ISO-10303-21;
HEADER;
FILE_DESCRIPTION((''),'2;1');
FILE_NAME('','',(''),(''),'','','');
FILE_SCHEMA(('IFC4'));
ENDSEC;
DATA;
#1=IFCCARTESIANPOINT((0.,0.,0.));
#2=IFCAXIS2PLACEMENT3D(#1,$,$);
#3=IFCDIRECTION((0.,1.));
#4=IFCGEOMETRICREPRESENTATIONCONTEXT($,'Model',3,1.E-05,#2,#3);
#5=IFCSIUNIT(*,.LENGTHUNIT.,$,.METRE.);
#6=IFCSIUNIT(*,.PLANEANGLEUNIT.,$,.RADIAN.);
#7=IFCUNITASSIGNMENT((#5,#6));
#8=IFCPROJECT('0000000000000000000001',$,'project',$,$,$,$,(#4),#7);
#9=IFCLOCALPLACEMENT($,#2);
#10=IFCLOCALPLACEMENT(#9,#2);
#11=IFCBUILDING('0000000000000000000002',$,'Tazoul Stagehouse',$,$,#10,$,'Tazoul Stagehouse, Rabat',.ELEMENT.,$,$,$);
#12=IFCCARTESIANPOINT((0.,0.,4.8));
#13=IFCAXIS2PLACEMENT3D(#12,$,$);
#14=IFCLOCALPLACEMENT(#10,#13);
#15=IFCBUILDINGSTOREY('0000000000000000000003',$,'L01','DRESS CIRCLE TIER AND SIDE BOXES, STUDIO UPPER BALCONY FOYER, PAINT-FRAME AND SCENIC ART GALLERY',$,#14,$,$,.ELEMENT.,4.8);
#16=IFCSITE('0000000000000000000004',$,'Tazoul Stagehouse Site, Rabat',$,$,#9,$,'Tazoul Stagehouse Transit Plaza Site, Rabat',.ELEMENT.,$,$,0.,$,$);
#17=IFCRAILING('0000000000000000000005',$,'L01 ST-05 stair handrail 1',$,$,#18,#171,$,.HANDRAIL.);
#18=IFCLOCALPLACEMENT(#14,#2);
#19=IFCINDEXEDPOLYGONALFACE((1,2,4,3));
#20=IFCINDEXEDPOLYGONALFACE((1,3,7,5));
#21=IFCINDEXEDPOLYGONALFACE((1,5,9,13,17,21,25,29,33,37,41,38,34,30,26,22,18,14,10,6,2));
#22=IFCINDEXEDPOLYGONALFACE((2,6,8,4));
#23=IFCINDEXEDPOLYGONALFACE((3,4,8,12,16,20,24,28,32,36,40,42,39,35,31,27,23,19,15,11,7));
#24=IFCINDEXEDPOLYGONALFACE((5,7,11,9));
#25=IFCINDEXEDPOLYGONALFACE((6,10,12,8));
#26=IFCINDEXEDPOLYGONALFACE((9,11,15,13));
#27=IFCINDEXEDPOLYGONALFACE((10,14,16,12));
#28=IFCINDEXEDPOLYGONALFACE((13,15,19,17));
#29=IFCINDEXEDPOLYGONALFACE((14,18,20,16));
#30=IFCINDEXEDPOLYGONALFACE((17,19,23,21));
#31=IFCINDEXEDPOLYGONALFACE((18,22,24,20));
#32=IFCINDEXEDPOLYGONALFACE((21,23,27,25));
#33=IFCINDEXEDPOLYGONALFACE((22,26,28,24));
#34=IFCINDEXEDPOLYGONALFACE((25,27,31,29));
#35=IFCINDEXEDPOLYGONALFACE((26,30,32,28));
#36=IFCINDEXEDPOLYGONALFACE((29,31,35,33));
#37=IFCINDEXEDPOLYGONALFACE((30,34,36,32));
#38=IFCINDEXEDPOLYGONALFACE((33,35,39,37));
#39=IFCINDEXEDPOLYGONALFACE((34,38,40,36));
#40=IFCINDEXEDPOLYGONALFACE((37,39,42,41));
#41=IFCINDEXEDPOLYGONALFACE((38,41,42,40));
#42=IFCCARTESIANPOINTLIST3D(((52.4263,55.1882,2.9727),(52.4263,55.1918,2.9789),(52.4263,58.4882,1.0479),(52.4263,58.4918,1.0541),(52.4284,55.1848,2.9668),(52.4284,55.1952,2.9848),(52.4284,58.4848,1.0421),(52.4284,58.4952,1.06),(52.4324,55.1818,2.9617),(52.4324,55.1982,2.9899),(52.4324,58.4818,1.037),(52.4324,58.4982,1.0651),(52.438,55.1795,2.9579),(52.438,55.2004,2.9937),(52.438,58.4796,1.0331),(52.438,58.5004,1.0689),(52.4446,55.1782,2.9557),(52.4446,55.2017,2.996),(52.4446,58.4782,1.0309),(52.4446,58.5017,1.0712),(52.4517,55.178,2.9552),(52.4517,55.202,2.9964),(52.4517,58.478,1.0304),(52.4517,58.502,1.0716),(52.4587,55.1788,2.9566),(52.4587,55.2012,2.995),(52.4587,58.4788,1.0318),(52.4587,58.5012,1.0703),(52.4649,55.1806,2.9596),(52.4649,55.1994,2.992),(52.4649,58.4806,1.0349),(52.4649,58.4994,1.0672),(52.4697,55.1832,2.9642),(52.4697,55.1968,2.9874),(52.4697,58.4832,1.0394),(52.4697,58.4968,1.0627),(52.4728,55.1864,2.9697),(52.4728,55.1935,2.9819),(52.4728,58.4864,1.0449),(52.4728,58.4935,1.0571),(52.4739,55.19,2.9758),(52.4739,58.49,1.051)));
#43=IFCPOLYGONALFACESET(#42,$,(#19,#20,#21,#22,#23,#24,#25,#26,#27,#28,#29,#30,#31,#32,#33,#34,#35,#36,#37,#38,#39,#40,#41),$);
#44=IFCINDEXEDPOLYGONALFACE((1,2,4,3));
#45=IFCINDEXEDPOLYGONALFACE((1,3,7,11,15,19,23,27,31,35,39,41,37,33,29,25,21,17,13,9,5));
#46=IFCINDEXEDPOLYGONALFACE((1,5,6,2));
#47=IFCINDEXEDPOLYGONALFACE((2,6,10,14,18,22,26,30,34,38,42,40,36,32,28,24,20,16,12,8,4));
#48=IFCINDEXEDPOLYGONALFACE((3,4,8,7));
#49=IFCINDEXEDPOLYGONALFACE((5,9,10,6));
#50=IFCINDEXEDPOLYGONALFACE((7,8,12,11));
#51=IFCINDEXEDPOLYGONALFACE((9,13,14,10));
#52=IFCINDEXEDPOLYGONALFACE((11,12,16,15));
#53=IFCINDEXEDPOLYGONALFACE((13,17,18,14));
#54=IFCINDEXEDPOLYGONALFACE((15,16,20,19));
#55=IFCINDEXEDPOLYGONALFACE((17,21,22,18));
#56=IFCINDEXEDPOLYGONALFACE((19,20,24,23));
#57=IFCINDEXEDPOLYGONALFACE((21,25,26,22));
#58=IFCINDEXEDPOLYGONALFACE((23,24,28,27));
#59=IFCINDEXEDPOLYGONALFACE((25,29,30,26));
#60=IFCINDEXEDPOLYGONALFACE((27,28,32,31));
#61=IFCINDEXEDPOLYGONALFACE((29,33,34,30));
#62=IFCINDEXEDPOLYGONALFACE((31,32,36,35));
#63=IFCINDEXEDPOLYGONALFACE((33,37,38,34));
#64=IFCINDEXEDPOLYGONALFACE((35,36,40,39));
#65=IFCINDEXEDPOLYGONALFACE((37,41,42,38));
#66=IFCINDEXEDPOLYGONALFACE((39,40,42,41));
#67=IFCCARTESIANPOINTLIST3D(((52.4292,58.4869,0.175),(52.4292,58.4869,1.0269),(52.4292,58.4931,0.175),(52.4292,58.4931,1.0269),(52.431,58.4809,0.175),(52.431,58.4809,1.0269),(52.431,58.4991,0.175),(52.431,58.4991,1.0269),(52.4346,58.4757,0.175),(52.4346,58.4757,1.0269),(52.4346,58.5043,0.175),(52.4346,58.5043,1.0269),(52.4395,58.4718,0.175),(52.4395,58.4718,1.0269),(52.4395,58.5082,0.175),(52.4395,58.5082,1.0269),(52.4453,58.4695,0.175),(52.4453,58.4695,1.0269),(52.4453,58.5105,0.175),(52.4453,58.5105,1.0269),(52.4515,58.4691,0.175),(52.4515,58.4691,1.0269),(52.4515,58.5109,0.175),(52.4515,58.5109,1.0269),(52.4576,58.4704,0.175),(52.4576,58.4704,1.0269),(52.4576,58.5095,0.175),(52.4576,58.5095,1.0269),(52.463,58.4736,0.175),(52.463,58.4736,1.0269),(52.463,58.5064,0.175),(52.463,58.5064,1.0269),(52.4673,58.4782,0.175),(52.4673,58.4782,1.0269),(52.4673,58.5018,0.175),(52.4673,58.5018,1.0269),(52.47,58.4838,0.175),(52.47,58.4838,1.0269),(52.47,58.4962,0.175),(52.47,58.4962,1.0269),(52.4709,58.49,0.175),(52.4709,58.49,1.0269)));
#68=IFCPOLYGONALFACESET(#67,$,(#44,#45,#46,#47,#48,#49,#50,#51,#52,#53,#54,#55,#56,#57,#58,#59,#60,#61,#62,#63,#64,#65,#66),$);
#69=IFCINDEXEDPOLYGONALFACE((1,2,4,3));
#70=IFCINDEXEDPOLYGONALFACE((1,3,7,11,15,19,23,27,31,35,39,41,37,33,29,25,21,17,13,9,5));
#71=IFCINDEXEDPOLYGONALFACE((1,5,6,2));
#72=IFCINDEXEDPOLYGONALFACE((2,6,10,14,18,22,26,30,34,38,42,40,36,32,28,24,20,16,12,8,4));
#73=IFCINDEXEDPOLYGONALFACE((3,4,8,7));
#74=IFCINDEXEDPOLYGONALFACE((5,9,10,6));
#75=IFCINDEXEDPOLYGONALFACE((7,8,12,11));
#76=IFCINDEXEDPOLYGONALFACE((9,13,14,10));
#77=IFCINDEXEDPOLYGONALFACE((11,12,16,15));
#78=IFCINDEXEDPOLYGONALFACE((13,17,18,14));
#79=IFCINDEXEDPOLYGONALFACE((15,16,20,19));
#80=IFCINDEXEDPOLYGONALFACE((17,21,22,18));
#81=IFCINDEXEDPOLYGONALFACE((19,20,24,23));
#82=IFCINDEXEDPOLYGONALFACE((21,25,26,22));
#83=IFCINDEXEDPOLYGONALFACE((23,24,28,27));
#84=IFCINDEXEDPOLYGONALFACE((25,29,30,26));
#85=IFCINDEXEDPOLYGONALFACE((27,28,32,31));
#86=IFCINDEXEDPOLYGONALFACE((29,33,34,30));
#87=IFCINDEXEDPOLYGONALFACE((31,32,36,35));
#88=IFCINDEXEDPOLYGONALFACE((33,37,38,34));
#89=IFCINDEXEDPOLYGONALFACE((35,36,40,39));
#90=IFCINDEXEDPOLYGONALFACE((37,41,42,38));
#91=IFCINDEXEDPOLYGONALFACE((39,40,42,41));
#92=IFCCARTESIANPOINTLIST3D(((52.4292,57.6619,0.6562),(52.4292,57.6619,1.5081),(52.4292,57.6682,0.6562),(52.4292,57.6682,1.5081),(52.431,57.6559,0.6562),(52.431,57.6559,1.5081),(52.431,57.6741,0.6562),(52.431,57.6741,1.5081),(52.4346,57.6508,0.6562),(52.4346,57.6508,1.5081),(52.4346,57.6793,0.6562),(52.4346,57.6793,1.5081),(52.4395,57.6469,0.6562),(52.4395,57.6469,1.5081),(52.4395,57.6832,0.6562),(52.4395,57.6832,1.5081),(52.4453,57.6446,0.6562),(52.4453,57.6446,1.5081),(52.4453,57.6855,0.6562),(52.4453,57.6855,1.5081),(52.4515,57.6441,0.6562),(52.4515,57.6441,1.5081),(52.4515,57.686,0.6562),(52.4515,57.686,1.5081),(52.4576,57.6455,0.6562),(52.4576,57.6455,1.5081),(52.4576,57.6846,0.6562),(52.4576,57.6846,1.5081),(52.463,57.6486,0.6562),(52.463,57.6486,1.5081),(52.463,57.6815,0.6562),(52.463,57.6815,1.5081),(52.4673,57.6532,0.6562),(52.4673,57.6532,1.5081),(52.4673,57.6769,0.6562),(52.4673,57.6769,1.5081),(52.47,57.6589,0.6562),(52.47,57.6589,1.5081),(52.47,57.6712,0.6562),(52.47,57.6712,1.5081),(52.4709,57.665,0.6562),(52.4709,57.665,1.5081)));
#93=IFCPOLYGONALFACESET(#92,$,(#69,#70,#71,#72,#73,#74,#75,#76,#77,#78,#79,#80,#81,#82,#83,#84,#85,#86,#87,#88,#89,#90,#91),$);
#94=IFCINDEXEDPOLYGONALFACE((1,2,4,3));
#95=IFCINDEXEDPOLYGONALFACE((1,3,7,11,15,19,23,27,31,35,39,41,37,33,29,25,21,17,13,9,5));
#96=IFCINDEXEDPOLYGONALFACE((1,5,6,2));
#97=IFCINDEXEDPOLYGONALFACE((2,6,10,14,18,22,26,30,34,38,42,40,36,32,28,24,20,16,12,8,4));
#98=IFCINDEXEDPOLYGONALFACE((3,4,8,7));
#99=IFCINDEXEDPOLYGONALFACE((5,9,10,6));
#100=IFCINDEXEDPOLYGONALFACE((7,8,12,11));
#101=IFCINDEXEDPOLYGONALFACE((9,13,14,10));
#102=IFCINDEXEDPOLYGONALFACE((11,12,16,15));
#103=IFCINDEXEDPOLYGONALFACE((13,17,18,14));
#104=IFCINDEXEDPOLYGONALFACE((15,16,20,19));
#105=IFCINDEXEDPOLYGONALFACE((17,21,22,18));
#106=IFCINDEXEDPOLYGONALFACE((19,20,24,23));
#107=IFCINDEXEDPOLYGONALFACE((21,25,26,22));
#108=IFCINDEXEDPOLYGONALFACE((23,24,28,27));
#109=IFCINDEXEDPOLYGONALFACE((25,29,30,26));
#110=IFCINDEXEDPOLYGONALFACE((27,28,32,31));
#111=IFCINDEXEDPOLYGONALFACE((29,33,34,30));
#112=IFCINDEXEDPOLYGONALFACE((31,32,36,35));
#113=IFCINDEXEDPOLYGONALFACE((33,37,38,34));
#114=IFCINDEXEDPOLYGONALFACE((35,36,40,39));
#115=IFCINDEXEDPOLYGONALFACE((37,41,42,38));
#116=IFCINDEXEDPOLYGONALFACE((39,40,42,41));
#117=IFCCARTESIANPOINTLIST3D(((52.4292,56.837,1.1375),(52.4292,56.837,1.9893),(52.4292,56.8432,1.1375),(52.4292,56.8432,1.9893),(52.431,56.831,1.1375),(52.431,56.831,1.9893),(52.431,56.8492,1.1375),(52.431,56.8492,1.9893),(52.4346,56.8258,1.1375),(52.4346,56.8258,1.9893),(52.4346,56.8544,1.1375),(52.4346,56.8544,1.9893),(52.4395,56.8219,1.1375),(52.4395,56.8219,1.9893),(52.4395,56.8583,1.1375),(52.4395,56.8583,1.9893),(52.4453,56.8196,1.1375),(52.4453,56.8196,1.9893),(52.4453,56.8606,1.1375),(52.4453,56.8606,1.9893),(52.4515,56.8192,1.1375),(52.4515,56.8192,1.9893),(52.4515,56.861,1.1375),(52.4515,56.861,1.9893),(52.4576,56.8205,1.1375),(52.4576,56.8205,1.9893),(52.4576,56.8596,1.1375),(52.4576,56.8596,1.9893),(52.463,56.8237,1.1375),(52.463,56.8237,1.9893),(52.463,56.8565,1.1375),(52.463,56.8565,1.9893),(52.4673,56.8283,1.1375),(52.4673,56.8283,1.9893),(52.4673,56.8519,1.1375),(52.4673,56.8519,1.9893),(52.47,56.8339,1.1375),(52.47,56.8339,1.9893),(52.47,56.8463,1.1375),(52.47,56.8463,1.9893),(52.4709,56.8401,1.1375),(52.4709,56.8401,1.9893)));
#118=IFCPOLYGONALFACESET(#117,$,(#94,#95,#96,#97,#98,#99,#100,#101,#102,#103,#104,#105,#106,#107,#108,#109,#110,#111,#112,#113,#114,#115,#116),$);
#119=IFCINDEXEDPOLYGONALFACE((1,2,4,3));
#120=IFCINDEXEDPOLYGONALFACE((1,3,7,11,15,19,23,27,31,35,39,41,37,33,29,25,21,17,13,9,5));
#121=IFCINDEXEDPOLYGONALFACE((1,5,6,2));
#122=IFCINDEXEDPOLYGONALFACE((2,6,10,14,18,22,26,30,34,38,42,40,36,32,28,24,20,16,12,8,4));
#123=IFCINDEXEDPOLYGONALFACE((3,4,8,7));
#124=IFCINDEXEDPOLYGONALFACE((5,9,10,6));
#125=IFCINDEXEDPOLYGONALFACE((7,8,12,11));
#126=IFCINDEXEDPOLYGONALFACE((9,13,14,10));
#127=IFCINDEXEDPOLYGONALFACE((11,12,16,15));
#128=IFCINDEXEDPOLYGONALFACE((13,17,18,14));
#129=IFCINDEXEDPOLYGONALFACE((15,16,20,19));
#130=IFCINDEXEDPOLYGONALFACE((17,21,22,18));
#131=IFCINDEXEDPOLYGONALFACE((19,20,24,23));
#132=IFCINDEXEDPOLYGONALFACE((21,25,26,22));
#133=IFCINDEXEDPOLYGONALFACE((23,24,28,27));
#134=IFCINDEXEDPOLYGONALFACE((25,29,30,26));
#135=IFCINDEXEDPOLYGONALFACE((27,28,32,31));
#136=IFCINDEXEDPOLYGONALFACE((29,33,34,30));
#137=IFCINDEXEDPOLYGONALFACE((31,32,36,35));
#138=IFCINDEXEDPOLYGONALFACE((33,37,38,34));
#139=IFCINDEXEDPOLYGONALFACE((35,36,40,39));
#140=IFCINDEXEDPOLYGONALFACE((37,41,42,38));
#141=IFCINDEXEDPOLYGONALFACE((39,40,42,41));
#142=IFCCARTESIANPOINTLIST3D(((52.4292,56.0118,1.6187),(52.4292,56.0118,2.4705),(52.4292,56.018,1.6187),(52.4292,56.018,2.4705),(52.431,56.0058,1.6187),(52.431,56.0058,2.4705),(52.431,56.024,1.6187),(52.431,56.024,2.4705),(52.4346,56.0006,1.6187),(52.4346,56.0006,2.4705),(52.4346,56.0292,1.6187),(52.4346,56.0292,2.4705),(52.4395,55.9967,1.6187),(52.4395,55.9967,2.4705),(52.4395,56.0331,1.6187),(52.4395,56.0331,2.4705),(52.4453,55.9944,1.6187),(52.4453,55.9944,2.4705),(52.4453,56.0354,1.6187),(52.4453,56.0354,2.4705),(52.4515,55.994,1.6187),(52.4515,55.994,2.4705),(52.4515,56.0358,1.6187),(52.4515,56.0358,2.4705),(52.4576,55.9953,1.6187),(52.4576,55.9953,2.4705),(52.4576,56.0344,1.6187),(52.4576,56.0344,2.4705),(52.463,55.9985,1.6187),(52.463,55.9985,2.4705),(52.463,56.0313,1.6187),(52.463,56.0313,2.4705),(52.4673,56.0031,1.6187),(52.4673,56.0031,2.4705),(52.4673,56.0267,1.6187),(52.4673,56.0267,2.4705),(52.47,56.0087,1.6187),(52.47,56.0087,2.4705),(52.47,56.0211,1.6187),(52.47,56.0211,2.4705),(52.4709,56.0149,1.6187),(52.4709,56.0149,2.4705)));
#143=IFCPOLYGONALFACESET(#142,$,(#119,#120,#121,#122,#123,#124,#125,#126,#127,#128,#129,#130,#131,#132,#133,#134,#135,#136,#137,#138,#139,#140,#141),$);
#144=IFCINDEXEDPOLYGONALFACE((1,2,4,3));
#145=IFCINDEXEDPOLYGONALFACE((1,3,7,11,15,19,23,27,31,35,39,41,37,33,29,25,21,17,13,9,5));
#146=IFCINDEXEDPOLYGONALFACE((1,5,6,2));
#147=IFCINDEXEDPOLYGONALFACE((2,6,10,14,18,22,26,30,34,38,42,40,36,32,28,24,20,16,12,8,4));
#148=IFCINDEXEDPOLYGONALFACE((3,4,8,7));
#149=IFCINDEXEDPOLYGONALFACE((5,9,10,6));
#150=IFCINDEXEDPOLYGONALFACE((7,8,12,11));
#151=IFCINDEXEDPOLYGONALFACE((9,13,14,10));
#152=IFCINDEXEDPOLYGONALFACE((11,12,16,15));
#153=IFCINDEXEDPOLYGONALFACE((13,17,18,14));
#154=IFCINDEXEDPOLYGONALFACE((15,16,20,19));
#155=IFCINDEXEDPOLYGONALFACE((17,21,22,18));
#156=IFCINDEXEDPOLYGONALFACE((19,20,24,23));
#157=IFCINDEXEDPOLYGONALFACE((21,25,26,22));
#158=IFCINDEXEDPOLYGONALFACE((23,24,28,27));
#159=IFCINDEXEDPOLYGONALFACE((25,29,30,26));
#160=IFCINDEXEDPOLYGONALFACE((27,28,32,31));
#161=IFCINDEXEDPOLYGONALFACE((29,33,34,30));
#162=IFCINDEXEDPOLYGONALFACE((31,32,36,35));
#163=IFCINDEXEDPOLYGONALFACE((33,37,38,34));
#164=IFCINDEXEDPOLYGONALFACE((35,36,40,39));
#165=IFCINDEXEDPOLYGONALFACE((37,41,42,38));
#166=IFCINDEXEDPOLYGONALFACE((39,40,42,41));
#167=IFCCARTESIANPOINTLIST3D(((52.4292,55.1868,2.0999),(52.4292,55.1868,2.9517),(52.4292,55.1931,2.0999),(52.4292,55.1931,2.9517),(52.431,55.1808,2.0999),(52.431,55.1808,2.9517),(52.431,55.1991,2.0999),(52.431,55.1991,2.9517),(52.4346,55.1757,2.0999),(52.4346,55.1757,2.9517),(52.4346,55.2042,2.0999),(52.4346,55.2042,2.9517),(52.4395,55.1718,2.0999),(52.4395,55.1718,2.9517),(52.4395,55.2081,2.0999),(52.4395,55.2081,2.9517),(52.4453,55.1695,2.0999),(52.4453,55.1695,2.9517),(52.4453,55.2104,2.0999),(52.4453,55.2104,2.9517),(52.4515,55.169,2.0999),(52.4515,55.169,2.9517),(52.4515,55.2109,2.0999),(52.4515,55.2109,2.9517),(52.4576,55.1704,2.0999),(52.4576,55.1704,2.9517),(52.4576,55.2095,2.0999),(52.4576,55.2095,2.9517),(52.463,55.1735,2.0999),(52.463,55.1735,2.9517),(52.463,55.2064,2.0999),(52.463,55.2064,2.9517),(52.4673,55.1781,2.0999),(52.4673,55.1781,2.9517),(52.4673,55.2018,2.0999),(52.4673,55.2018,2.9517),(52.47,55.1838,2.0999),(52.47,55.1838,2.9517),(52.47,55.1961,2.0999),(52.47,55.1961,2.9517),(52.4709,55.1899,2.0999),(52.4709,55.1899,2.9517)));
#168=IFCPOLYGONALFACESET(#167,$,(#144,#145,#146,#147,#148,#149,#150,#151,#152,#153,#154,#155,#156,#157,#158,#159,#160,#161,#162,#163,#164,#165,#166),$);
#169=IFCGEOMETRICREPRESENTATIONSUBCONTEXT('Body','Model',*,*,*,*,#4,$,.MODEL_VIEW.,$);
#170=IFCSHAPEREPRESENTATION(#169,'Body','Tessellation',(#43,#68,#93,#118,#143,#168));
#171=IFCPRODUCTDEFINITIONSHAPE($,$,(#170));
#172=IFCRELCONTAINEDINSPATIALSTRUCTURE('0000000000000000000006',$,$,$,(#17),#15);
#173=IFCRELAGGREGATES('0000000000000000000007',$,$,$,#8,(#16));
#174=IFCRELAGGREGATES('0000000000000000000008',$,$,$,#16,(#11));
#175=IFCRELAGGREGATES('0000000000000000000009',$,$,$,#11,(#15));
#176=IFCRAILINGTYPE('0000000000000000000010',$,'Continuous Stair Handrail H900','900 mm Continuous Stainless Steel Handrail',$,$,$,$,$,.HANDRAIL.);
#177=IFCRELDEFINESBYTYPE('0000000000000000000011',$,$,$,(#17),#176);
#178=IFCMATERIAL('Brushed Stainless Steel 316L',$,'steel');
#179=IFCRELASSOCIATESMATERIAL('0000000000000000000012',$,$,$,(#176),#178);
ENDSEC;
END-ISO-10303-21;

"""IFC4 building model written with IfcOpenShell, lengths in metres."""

from ifc_helpers import new_model, si_unit, direction, frame, origin, origin_2d, place, context, subcontext, project, spatial, circle, extrude, material, material_profile, profile_set, type_object, element, save


model = new_model("IFC4")

# Units and contexts
model_context = context("Model", 3, precision=1e-05, world=origin(), true_north=direction((0.0, 1.0)))
body_context = subcontext(model_context, "Body", "Model", "MODEL_VIEW")
ifc_project = project(units=[si_unit("LENGTHUNIT", "METRE"), si_unit("PLANEANGLEUNIT", "RADIAN")], contexts=[model_context])

# Site, building, storey
site_placement = place(None, origin())
site = spatial("IfcSite", under=ifc_project, at=site_placement, Name="Tazoul Stagehouse Site, Rabat", LongName="Tazoul Stagehouse Transit Plaza Site, Rabat", CompositionType="ELEMENT", RefElevation=0.0)
building_placement = place(site_placement, origin())
building = spatial("IfcBuilding", under=site, at=building_placement, Name="Tazoul Stagehouse", LongName="Tazoul Stagehouse, Rabat", CompositionType="ELEMENT")
storey_placement = place(building_placement, frame((0.0, 0.0, 4.8)))
storey = spatial("IfcBuildingStorey", under=building, at=storey_placement, Name="L01", Description="DRESS CIRCLE TIER AND SIDE BOXES, STUDIO UPPER BALCONY FOYER, PAINT-FRAME AND SCENIC ART GALLERY", CompositionType="ELEMENT", Elevation=4.8)

# Railing
ifc_material_1 = material(Name="Brushed Stainless Steel 316L", Category="steel")
ifc_material_profile_1 = material_profile(ifc_material_1, circle(Radius=0.021, at=origin_2d()), Name="SS HANDRAIL D42")
ifc_profile_set_1 = profile_set([ifc_material_profile_1], Name="Brushed Stainless Steel 316L")
railing_type_1 = type_object("IfcRailingType", Name="Continuous Stair Handrail H900", Description="900 mm Continuous Stainless Steel Handrail", PredefinedType="HANDRAIL", material=ifc_profile_set_1)
railing_1_placement = place(storey_placement, frame((52.45, 58.49, 0.175)))
element("IfcRailing", 1, at=railing_1_placement, inside=storey, type_object=railing_type_1, Name="L01 ST-05 stair handrail 1", PredefinedType="HANDRAIL", context=body_context, shape_type="SweptSolid", body=[
    extrude(circle(Radius=0.0239, at=origin_2d()), frame((0.0, 0.0, 0.876), z_axis=(0.0, -0.863804, 0.503827), x_axis=(1.0, 0.0, 0.0)), (0.0, 0.0, 1.0), 3.8203),
    extrude(circle(Radius=0.021, at=origin_2d()), origin(), (0.0, 0.0, 1.0), 0.8518),
    extrude(circle(Radius=0.021, at=origin_2d()), frame((0.0, -0.825, 0.4812)), (0.0, 0.0, 1.0), 0.8518),
    extrude(circle(Radius=0.021, at=origin_2d()), frame((0.0, -1.6499, 0.9624)), (0.0, 0.0, 1.0), 0.8518),
    extrude(circle(Radius=0.021, at=origin_2d()), frame((0.0, -2.4751, 1.4436)), (0.0, 0.0, 1.0), 0.8518),
    extrude(circle(Radius=0.021, at=origin_2d()), frame((0.0, -3.3, 1.9248)), (0.0, 0.0, 1.0), 0.8518),
])

save(model, "model.ifc")
